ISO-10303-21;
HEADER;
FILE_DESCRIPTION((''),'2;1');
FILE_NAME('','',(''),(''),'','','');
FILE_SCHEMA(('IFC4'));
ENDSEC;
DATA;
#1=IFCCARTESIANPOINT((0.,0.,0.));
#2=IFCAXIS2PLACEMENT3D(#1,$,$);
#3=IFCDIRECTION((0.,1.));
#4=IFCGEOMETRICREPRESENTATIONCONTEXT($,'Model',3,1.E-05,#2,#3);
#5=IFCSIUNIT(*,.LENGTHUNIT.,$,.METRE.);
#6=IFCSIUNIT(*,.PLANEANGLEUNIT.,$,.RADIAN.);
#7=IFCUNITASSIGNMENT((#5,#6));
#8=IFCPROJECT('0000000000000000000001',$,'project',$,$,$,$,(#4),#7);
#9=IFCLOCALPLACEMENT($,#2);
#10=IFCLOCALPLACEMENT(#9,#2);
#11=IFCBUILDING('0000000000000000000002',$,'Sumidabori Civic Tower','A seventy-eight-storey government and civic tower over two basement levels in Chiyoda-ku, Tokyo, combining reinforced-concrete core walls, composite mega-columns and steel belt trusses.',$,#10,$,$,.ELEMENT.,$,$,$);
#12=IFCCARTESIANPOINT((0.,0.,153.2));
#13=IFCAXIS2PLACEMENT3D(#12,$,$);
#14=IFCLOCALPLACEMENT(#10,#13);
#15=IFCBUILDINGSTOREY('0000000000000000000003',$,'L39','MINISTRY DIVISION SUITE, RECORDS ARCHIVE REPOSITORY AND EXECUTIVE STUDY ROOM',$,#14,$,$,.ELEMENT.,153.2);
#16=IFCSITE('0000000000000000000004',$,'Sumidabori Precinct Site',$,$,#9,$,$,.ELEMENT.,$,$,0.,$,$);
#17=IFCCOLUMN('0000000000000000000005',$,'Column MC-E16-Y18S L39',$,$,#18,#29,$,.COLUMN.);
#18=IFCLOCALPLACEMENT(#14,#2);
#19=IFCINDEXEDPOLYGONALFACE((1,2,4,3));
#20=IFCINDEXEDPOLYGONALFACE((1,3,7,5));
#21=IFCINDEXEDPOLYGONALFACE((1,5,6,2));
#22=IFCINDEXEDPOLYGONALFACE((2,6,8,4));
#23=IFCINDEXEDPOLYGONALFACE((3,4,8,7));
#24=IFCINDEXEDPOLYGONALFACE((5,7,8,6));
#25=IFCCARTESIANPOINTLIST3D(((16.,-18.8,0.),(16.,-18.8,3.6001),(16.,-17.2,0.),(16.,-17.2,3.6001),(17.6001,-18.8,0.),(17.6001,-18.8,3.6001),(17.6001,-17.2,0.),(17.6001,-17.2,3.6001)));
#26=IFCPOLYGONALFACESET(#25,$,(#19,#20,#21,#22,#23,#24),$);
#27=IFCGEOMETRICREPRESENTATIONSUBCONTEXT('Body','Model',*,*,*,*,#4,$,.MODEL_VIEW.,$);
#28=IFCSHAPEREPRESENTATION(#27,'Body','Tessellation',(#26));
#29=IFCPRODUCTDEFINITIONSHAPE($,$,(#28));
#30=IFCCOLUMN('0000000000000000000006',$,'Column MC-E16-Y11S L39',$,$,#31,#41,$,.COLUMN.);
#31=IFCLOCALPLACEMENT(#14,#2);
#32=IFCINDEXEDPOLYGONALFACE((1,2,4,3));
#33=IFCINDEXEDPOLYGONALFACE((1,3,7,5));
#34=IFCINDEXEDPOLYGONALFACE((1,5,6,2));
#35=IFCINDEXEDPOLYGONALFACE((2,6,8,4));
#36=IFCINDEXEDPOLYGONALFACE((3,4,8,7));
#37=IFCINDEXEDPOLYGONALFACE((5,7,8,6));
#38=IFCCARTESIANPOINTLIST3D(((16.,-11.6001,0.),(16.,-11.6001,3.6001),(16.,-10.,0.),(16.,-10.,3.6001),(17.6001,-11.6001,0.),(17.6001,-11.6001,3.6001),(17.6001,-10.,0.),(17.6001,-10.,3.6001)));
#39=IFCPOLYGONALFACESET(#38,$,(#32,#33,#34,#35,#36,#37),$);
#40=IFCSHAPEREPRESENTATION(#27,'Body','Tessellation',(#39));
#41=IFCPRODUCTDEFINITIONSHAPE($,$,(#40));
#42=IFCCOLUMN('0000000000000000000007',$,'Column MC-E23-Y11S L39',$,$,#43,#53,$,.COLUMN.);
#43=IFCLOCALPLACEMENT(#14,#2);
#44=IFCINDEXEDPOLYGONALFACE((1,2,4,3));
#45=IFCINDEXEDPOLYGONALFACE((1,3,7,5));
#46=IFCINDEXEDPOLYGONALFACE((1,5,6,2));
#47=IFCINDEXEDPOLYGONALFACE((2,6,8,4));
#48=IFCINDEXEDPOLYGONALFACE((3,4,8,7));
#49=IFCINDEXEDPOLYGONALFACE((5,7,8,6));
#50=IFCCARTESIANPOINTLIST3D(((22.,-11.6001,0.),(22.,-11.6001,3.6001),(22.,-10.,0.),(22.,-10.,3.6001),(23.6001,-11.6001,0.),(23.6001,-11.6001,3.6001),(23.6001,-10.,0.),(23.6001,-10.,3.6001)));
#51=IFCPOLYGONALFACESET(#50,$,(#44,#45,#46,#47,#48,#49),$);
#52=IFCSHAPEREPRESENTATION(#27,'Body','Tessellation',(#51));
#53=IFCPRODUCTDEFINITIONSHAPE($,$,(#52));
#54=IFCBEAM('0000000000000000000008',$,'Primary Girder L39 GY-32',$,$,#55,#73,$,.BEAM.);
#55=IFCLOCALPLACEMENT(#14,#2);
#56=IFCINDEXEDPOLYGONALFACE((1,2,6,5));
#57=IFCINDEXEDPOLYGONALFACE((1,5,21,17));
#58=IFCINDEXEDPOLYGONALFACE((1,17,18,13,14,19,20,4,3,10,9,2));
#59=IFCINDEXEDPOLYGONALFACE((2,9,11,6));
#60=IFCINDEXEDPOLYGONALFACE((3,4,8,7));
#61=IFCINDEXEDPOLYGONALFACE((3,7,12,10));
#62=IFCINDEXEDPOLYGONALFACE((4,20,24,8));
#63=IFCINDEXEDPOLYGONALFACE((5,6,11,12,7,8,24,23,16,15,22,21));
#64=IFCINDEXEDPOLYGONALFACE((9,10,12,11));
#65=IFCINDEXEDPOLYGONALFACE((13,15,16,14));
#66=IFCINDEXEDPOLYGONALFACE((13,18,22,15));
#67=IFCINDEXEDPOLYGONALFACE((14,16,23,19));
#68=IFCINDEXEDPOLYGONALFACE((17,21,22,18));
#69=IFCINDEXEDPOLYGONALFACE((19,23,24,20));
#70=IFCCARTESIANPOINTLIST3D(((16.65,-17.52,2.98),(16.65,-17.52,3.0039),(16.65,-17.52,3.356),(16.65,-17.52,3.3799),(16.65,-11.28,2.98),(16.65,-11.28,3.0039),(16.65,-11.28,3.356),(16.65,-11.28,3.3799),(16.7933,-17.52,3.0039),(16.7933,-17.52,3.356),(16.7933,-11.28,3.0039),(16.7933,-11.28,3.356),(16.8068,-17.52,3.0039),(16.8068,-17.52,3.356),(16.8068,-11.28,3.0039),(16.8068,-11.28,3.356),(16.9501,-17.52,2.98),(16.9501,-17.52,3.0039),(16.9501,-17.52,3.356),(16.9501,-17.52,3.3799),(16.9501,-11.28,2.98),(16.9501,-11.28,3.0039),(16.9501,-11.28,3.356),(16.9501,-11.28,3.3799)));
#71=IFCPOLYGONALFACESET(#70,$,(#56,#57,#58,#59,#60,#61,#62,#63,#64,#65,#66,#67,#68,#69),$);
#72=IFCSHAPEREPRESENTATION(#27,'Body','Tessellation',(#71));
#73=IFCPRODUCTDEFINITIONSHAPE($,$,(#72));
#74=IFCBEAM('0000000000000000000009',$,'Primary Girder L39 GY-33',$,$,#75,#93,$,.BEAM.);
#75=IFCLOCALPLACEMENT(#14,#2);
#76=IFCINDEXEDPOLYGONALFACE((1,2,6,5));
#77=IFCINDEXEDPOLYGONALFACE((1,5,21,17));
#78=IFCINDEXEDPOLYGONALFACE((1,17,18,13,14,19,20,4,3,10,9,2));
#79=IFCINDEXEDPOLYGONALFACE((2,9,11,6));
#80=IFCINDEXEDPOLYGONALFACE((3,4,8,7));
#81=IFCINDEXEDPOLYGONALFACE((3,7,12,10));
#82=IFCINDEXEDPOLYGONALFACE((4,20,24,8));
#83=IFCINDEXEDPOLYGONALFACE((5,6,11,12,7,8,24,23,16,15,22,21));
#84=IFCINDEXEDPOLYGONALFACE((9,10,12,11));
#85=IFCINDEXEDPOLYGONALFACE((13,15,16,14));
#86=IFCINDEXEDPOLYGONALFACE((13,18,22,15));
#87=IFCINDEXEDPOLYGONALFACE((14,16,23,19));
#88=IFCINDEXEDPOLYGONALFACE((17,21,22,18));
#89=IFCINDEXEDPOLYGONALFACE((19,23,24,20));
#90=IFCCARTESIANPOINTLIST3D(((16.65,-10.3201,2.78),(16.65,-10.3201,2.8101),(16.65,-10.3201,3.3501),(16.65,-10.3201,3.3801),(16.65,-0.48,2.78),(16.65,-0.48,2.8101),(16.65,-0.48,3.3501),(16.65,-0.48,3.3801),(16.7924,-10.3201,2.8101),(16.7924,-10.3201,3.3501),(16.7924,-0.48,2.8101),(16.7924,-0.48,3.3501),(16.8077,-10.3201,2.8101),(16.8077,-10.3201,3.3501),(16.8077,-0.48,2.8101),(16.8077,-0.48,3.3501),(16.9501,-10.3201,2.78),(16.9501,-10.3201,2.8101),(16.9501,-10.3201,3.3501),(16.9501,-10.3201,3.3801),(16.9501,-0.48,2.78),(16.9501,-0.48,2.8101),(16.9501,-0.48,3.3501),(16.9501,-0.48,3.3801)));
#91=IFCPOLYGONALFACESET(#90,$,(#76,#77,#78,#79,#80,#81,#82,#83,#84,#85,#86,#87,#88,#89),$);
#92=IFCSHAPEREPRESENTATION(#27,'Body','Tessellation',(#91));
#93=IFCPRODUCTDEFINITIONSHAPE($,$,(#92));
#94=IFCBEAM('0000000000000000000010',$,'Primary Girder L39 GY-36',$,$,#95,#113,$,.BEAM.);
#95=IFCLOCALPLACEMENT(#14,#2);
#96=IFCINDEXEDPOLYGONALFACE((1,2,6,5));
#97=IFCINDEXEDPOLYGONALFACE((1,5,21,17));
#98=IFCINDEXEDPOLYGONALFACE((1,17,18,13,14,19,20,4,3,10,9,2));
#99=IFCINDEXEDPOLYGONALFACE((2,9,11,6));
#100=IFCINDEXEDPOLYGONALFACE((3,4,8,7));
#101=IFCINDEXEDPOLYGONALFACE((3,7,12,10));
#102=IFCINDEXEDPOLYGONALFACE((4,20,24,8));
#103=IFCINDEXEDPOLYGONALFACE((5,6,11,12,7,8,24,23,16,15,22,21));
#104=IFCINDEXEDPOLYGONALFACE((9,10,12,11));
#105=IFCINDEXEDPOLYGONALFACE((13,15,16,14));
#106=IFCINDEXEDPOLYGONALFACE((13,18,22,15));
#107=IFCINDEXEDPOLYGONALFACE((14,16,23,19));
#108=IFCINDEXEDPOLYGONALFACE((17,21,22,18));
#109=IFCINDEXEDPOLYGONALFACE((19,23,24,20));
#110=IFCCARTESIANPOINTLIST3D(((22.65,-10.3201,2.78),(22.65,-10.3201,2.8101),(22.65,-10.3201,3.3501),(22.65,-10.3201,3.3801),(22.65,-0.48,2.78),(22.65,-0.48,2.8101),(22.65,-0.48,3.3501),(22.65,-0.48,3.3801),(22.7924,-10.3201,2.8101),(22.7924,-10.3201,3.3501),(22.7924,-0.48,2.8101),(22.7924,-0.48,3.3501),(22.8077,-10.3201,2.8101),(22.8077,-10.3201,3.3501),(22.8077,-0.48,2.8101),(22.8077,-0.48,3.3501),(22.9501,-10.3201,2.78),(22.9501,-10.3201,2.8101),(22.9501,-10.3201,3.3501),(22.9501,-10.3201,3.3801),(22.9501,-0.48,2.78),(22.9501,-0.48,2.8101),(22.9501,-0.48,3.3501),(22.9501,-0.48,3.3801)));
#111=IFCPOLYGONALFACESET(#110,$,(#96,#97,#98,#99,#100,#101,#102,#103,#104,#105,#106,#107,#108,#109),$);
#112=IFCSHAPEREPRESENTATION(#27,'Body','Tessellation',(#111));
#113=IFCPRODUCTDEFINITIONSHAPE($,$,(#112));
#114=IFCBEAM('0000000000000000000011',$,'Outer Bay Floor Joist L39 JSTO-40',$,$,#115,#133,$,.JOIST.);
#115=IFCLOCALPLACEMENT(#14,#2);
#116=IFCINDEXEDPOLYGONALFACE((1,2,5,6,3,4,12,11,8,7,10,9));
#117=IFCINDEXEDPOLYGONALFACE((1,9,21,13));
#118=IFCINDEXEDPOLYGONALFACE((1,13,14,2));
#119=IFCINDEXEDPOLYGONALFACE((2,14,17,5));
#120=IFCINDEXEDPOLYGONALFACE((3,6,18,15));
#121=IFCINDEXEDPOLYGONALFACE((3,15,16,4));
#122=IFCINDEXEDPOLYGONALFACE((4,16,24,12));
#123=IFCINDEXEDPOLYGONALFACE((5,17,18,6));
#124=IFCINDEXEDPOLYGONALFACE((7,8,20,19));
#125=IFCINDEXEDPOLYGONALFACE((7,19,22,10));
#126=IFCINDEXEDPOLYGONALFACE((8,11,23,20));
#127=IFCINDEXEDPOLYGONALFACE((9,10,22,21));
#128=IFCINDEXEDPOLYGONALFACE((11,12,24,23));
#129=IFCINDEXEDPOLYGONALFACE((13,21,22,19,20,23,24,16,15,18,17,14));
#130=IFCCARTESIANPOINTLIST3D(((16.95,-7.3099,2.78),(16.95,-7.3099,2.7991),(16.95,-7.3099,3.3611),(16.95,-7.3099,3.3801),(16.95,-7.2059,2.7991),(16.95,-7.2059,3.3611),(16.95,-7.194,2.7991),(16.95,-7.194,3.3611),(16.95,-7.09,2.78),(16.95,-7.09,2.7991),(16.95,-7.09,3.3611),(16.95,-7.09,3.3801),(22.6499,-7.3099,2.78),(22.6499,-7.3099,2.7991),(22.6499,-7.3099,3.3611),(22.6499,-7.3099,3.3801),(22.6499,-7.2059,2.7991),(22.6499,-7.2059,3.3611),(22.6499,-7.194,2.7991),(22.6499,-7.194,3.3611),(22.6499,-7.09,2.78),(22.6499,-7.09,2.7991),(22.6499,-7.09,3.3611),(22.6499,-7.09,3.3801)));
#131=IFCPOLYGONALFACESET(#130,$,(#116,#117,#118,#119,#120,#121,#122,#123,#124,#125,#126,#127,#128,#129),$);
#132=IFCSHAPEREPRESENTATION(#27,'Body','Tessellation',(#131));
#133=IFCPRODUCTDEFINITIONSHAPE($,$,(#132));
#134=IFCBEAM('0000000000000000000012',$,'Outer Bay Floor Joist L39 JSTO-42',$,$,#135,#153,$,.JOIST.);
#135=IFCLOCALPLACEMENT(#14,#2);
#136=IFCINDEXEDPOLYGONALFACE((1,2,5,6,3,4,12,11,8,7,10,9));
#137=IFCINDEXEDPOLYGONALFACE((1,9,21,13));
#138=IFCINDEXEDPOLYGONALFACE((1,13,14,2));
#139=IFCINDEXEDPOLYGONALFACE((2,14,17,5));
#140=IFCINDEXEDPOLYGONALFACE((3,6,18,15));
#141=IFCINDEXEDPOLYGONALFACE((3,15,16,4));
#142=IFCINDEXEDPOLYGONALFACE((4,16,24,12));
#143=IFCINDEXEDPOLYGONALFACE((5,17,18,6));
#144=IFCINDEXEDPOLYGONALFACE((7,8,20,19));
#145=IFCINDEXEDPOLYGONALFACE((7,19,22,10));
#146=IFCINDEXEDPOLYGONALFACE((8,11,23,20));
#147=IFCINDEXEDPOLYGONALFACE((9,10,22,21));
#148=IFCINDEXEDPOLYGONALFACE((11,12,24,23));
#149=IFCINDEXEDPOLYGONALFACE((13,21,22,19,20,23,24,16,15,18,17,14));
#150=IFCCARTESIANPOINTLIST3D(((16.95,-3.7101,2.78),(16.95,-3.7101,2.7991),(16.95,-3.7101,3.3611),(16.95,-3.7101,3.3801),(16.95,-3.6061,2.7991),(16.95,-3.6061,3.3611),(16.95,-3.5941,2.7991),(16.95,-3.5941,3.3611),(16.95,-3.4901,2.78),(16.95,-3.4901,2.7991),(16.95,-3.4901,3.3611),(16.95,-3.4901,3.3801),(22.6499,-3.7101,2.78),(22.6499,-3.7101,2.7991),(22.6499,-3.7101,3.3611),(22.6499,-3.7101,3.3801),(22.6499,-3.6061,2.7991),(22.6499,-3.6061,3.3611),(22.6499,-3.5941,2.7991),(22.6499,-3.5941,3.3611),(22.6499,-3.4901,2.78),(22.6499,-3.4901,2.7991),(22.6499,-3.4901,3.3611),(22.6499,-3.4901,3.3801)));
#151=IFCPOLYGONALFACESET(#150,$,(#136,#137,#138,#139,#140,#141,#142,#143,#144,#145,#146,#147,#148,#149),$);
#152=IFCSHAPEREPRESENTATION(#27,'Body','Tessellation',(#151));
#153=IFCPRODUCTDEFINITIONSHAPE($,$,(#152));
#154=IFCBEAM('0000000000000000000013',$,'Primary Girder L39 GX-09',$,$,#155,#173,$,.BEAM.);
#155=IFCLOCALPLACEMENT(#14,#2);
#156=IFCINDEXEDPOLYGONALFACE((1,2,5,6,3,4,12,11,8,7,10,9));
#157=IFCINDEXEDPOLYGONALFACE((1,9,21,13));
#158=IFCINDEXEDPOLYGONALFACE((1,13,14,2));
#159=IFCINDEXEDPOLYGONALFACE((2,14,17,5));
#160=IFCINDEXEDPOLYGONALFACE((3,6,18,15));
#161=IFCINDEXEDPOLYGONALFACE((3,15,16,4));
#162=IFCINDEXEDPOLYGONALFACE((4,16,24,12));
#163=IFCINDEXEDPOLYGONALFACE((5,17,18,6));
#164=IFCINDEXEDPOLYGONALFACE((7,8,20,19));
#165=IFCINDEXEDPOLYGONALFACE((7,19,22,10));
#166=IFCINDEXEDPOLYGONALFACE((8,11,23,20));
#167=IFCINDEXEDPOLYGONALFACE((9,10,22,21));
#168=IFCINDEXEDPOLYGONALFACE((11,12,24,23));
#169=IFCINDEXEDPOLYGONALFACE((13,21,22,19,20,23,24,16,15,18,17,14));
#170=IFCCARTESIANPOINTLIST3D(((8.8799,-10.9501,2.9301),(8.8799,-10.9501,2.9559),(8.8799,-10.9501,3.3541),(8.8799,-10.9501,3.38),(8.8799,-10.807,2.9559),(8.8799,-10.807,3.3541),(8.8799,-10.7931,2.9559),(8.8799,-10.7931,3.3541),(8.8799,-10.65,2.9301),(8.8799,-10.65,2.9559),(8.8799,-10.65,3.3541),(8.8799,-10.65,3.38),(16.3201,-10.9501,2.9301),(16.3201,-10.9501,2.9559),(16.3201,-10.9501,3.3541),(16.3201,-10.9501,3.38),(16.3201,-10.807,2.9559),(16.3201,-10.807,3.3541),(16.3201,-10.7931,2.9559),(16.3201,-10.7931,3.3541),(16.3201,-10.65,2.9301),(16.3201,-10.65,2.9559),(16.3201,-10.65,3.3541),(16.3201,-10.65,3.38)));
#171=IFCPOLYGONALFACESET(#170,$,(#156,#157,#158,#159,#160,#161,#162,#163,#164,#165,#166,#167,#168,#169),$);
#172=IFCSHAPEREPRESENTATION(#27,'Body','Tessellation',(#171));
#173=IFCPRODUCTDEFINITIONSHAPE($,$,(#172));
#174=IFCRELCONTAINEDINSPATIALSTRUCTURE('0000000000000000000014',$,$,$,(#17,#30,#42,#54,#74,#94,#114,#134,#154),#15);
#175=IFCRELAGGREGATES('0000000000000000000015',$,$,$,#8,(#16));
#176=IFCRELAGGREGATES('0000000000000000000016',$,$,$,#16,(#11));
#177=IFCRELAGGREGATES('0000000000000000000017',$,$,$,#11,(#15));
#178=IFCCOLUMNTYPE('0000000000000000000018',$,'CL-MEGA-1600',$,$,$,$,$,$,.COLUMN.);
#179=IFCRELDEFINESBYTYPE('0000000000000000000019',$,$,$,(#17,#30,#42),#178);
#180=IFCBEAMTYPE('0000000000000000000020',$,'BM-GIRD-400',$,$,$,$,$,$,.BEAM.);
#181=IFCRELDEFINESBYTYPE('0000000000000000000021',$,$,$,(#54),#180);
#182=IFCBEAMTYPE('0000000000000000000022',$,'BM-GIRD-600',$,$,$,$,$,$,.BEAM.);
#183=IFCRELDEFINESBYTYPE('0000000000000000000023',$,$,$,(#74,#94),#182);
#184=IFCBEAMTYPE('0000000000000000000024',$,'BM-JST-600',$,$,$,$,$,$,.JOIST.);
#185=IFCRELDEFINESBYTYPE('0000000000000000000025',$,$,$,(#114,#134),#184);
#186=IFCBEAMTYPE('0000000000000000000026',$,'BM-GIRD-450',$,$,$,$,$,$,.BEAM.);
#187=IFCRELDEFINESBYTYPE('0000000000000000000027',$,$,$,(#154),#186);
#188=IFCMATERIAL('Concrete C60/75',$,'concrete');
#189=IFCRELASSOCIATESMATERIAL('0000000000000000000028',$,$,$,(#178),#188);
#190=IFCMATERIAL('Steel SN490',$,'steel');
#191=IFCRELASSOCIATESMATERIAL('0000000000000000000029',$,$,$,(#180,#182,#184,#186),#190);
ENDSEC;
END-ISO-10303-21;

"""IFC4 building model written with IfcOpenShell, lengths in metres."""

from ifc_helpers import new_model, si_unit, direction, frame, origin, origin_2d, place, context, subcontext, project, spatial, rectangle, i_section, extrude, source, transform, mapped, material, material_profile, profile_set, type_object, element, save


model = new_model("IFC4")

# Units and contexts
model_context = context("Model", 3, precision=1e-05, world=origin(), true_north=direction((0.0, 1.0)))
body_context = subcontext(model_context, "Body", "Model", "MODEL_VIEW")
ifc_project = project(units=[si_unit("LENGTHUNIT", "METRE"), si_unit("PLANEANGLEUNIT", "RADIAN")], contexts=[model_context])

# Site, building, storey
site_placement = place(None, origin())
site = spatial("IfcSite", under=ifc_project, at=site_placement, Name="Sumidabori Precinct Site", CompositionType="ELEMENT", RefElevation=0.0)
building_placement = place(site_placement, origin())
building = spatial("IfcBuilding", under=site, at=building_placement, Name="Sumidabori Civic Tower", Description="A seventy-eight-storey government and civic tower over two basement levels in Chiyoda-ku, Tokyo, combining reinforced-concrete core walls, composite mega-columns and steel belt trusses.", CompositionType="ELEMENT")
storey_placement = place(building_placement, frame((0.0, 0.0, 153.2)))
storey = spatial("IfcBuildingStorey", under=building, at=storey_placement, Name="L39", Description="MINISTRY DIVISION SUITE, RECORDS ARCHIVE REPOSITORY AND EXECUTIVE STUDY ROOM", CompositionType="ELEMENT", Elevation=153.2)

# Columns
ifc_material_1 = material(Name="Concrete C60/75", Category="concrete")
ifc_material_profile_1 = material_profile(ifc_material_1, rectangle(XDim=1.6001, YDim=1.6001, at=origin_2d()), Name="RC 1600x1600")
ifc_profile_set_1 = profile_set([ifc_material_profile_1], Name="Concrete C60/75")
column_type = type_object("IfcColumnType", Name="CL-MEGA-1600", PredefinedType="COLUMN", material=ifc_profile_set_1)
shared_shape_1 = source(origin(), body_context, "Body", "SweptSolid", [
    extrude(rectangle(XDim=1.6001, YDim=1.6001, at=origin_2d()), origin(), (0.0, 0.0, 1.0), 3.6001),
])
for number, where, z_axis, x_axis, name in (
    (1, (16.8, -18.0, 0.0), (0.0, 0.0, 1.0), (1.0, 0.0, 0.0), "Column MC-E16-Y18S L39"),
    (2, (16.8, -10.8, 0.0), (0.0, 0.0, 1.0), (1.0, 0.0, 0.0), "Column MC-E16-Y11S L39"),
    (3, (22.8, -10.8, 0.0), (0.0, 0.0, 1.0), (1.0, 0.0, 0.0), "Column MC-E23-Y11S L39"),
):
    element("IfcColumn", number, at=place(storey_placement, frame(where, z_axis=z_axis, x_axis=x_axis)), inside=storey, type_object=column_type, Name=name, PredefinedType="COLUMN", context=body_context, shape_type="MappedRepresentation", body=[
        mapped(shared_shape_1, transform((0.0, 0.0, 0.0), x_axis=(1.0, 0.0, 0.0), y_axis=(0.0, 1.0, 0.0), z_axis=(0.0, 0.0, 1.0), scale=1.0)),
    ])

# Beams
ifc_material_2 = material(Name="Steel SN490", Category="steel")
ifc_material_profile_2 = material_profile(ifc_material_2, i_section(OverallWidth=0.3, OverallDepth=0.3999, WebThickness=0.0134, FlangeThickness=0.0239, at=origin_2d()), Name="HE 400 B")
ifc_profile_set_2 = profile_set([ifc_material_profile_2], Name="Steel SN490")
beam_type_1 = type_object("IfcBeamType", Name="BM-GIRD-400", PredefinedType="BEAM", material=ifc_profile_set_2)
shared_shape_2 = source(origin(), body_context, "Body", "SweptSolid", [
    extrude(i_section(OverallWidth=0.3, OverallDepth=0.3999, WebThickness=0.0134, FlangeThickness=0.0239, at=origin_2d()), origin(), (0.0, 0.0, 1.0), 6.24),
])
beam_1_placement = place(storey_placement, frame((16.8, -17.52, 3.1799), z_axis=(0.0, 1.0, 0.0), x_axis=(-1.0, 0.0, 0.0)))
element("IfcBeam", 4, at=beam_1_placement, inside=storey, type_object=beam_type_1, Name="Primary Girder L39 GY-32", PredefinedType="BEAM", context=body_context, shape_type="MappedRepresentation", body=[
    mapped(shared_shape_2, transform((0.0, 0.0, 0.0), x_axis=(1.0, 0.0, 0.0), y_axis=(0.0, 1.0, 0.0), z_axis=(0.0, 0.0, 1.0), scale=1.0)),
])
ifc_material_profile_3 = material_profile(ifc_material_2, i_section(OverallWidth=0.3, OverallDepth=0.6001, WebThickness=0.0154, FlangeThickness=0.03, at=origin_2d()), Name="HE 600 B")
ifc_profile_set_3 = profile_set([ifc_material_profile_3], Name="Steel SN490")
beam_type_2 = type_object("IfcBeamType", Name="BM-GIRD-600", PredefinedType="BEAM", material=ifc_profile_set_3)
shared_shape_3 = source(origin(), body_context, "Body", "SweptSolid", [
    extrude(i_section(OverallWidth=0.3, OverallDepth=0.6001, WebThickness=0.0154, FlangeThickness=0.03, at=origin_2d()), origin(), (0.0, 0.0, 1.0), 9.8401),
])
for number, where, z_axis, x_axis, name in (
    (5, (16.8, -10.3201, 3.0801), (0.0, 1.0, 0.0), (-1.0, 0.0, 0.0), "Primary Girder L39 GY-33"),
    (6, (22.8, -10.3201, 3.0801), (0.0, 1.0, 0.0), (-1.0, 0.0, 0.0), "Primary Girder L39 GY-36"),
):
    element("IfcBeam", number, at=place(storey_placement, frame(where, z_axis=z_axis, x_axis=x_axis)), inside=storey, type_object=beam_type_2, Name=name, PredefinedType="BEAM", context=body_context, shape_type="MappedRepresentation", body=[
        mapped(shared_shape_3, transform((0.0, 0.0, 0.0), x_axis=(1.0, 0.0, 0.0), y_axis=(0.0, 1.0, 0.0), z_axis=(0.0, 0.0, 1.0), scale=1.0)),
    ])
ifc_material_profile_4 = material_profile(ifc_material_2, i_section(OverallWidth=0.22, OverallDepth=0.6001, WebThickness=0.012, FlangeThickness=0.019, at=origin_2d()), Name="IPE 600")
ifc_profile_set_4 = profile_set([ifc_material_profile_4], Name="Steel SN490")
beam_type_3 = type_object("IfcBeamType", Name="BM-JST-600", PredefinedType="JOIST", material=ifc_profile_set_4)
shared_shape_4 = source(origin(), body_context, "Body", "SweptSolid", [
    extrude(i_section(OverallWidth=0.22, OverallDepth=0.6001, WebThickness=0.012, FlangeThickness=0.019, at=origin_2d()), origin(), (0.0, 0.0, 1.0), 5.7),
])
for number, where, z_axis, x_axis, name in (
    (7, (16.95, -7.2, 3.0801), (1.0, 0.0, 0.0), (0.0, 1.0, 0.0), "Outer Bay Floor Joist L39 JSTO-40"),
    (8, (16.95, -3.6001, 3.0801), (1.0, 0.0, 0.0), (0.0, 1.0, 0.0), "Outer Bay Floor Joist L39 JSTO-42"),
):
    element("IfcBeam", number, at=place(storey_placement, frame(where, z_axis=z_axis, x_axis=x_axis)), inside=storey, type_object=beam_type_3, Name=name, PredefinedType="JOIST", context=body_context, shape_type="MappedRepresentation", body=[
        mapped(shared_shape_4, transform((0.0, 0.0, 0.0), x_axis=(1.0, 0.0, 0.0), y_axis=(0.0, 1.0, 0.0), z_axis=(0.0, 0.0, 1.0), scale=1.0)),
    ])
ifc_material_profile_5 = material_profile(ifc_material_2, i_section(OverallWidth=0.3, OverallDepth=0.45, WebThickness=0.0139, FlangeThickness=0.0259, at=origin_2d()), Name="HE 450 B")
ifc_profile_set_5 = profile_set([ifc_material_profile_5], Name="Steel SN490")
beam_type_4 = type_object("IfcBeamType", Name="BM-GIRD-450", PredefinedType="BEAM", material=ifc_profile_set_5)
shared_shape_5 = source(origin(), body_context, "Body", "SweptSolid", [
    extrude(i_section(OverallWidth=0.3, OverallDepth=0.45, WebThickness=0.0139, FlangeThickness=0.0259, at=origin_2d()), origin(), (0.0, 0.0, 1.0), 7.4402),
])
beam_2_placement = place(storey_placement, frame((8.8799, -10.8, 3.155), z_axis=(1.0, 0.0, 0.0), x_axis=(0.0, 1.0, 0.0)))
element("IfcBeam", 9, at=beam_2_placement, inside=storey, type_object=beam_type_4, Name="Primary Girder L39 GX-09", PredefinedType="BEAM", context=body_context, shape_type="MappedRepresentation", body=[
    mapped(shared_shape_5, transform((0.0, 0.0, 0.0), x_axis=(1.0, 0.0, 0.0), y_axis=(0.0, 1.0, 0.0), z_axis=(0.0, 0.0, 1.0), scale=1.0)),
])

save(model, "model.ifc")
